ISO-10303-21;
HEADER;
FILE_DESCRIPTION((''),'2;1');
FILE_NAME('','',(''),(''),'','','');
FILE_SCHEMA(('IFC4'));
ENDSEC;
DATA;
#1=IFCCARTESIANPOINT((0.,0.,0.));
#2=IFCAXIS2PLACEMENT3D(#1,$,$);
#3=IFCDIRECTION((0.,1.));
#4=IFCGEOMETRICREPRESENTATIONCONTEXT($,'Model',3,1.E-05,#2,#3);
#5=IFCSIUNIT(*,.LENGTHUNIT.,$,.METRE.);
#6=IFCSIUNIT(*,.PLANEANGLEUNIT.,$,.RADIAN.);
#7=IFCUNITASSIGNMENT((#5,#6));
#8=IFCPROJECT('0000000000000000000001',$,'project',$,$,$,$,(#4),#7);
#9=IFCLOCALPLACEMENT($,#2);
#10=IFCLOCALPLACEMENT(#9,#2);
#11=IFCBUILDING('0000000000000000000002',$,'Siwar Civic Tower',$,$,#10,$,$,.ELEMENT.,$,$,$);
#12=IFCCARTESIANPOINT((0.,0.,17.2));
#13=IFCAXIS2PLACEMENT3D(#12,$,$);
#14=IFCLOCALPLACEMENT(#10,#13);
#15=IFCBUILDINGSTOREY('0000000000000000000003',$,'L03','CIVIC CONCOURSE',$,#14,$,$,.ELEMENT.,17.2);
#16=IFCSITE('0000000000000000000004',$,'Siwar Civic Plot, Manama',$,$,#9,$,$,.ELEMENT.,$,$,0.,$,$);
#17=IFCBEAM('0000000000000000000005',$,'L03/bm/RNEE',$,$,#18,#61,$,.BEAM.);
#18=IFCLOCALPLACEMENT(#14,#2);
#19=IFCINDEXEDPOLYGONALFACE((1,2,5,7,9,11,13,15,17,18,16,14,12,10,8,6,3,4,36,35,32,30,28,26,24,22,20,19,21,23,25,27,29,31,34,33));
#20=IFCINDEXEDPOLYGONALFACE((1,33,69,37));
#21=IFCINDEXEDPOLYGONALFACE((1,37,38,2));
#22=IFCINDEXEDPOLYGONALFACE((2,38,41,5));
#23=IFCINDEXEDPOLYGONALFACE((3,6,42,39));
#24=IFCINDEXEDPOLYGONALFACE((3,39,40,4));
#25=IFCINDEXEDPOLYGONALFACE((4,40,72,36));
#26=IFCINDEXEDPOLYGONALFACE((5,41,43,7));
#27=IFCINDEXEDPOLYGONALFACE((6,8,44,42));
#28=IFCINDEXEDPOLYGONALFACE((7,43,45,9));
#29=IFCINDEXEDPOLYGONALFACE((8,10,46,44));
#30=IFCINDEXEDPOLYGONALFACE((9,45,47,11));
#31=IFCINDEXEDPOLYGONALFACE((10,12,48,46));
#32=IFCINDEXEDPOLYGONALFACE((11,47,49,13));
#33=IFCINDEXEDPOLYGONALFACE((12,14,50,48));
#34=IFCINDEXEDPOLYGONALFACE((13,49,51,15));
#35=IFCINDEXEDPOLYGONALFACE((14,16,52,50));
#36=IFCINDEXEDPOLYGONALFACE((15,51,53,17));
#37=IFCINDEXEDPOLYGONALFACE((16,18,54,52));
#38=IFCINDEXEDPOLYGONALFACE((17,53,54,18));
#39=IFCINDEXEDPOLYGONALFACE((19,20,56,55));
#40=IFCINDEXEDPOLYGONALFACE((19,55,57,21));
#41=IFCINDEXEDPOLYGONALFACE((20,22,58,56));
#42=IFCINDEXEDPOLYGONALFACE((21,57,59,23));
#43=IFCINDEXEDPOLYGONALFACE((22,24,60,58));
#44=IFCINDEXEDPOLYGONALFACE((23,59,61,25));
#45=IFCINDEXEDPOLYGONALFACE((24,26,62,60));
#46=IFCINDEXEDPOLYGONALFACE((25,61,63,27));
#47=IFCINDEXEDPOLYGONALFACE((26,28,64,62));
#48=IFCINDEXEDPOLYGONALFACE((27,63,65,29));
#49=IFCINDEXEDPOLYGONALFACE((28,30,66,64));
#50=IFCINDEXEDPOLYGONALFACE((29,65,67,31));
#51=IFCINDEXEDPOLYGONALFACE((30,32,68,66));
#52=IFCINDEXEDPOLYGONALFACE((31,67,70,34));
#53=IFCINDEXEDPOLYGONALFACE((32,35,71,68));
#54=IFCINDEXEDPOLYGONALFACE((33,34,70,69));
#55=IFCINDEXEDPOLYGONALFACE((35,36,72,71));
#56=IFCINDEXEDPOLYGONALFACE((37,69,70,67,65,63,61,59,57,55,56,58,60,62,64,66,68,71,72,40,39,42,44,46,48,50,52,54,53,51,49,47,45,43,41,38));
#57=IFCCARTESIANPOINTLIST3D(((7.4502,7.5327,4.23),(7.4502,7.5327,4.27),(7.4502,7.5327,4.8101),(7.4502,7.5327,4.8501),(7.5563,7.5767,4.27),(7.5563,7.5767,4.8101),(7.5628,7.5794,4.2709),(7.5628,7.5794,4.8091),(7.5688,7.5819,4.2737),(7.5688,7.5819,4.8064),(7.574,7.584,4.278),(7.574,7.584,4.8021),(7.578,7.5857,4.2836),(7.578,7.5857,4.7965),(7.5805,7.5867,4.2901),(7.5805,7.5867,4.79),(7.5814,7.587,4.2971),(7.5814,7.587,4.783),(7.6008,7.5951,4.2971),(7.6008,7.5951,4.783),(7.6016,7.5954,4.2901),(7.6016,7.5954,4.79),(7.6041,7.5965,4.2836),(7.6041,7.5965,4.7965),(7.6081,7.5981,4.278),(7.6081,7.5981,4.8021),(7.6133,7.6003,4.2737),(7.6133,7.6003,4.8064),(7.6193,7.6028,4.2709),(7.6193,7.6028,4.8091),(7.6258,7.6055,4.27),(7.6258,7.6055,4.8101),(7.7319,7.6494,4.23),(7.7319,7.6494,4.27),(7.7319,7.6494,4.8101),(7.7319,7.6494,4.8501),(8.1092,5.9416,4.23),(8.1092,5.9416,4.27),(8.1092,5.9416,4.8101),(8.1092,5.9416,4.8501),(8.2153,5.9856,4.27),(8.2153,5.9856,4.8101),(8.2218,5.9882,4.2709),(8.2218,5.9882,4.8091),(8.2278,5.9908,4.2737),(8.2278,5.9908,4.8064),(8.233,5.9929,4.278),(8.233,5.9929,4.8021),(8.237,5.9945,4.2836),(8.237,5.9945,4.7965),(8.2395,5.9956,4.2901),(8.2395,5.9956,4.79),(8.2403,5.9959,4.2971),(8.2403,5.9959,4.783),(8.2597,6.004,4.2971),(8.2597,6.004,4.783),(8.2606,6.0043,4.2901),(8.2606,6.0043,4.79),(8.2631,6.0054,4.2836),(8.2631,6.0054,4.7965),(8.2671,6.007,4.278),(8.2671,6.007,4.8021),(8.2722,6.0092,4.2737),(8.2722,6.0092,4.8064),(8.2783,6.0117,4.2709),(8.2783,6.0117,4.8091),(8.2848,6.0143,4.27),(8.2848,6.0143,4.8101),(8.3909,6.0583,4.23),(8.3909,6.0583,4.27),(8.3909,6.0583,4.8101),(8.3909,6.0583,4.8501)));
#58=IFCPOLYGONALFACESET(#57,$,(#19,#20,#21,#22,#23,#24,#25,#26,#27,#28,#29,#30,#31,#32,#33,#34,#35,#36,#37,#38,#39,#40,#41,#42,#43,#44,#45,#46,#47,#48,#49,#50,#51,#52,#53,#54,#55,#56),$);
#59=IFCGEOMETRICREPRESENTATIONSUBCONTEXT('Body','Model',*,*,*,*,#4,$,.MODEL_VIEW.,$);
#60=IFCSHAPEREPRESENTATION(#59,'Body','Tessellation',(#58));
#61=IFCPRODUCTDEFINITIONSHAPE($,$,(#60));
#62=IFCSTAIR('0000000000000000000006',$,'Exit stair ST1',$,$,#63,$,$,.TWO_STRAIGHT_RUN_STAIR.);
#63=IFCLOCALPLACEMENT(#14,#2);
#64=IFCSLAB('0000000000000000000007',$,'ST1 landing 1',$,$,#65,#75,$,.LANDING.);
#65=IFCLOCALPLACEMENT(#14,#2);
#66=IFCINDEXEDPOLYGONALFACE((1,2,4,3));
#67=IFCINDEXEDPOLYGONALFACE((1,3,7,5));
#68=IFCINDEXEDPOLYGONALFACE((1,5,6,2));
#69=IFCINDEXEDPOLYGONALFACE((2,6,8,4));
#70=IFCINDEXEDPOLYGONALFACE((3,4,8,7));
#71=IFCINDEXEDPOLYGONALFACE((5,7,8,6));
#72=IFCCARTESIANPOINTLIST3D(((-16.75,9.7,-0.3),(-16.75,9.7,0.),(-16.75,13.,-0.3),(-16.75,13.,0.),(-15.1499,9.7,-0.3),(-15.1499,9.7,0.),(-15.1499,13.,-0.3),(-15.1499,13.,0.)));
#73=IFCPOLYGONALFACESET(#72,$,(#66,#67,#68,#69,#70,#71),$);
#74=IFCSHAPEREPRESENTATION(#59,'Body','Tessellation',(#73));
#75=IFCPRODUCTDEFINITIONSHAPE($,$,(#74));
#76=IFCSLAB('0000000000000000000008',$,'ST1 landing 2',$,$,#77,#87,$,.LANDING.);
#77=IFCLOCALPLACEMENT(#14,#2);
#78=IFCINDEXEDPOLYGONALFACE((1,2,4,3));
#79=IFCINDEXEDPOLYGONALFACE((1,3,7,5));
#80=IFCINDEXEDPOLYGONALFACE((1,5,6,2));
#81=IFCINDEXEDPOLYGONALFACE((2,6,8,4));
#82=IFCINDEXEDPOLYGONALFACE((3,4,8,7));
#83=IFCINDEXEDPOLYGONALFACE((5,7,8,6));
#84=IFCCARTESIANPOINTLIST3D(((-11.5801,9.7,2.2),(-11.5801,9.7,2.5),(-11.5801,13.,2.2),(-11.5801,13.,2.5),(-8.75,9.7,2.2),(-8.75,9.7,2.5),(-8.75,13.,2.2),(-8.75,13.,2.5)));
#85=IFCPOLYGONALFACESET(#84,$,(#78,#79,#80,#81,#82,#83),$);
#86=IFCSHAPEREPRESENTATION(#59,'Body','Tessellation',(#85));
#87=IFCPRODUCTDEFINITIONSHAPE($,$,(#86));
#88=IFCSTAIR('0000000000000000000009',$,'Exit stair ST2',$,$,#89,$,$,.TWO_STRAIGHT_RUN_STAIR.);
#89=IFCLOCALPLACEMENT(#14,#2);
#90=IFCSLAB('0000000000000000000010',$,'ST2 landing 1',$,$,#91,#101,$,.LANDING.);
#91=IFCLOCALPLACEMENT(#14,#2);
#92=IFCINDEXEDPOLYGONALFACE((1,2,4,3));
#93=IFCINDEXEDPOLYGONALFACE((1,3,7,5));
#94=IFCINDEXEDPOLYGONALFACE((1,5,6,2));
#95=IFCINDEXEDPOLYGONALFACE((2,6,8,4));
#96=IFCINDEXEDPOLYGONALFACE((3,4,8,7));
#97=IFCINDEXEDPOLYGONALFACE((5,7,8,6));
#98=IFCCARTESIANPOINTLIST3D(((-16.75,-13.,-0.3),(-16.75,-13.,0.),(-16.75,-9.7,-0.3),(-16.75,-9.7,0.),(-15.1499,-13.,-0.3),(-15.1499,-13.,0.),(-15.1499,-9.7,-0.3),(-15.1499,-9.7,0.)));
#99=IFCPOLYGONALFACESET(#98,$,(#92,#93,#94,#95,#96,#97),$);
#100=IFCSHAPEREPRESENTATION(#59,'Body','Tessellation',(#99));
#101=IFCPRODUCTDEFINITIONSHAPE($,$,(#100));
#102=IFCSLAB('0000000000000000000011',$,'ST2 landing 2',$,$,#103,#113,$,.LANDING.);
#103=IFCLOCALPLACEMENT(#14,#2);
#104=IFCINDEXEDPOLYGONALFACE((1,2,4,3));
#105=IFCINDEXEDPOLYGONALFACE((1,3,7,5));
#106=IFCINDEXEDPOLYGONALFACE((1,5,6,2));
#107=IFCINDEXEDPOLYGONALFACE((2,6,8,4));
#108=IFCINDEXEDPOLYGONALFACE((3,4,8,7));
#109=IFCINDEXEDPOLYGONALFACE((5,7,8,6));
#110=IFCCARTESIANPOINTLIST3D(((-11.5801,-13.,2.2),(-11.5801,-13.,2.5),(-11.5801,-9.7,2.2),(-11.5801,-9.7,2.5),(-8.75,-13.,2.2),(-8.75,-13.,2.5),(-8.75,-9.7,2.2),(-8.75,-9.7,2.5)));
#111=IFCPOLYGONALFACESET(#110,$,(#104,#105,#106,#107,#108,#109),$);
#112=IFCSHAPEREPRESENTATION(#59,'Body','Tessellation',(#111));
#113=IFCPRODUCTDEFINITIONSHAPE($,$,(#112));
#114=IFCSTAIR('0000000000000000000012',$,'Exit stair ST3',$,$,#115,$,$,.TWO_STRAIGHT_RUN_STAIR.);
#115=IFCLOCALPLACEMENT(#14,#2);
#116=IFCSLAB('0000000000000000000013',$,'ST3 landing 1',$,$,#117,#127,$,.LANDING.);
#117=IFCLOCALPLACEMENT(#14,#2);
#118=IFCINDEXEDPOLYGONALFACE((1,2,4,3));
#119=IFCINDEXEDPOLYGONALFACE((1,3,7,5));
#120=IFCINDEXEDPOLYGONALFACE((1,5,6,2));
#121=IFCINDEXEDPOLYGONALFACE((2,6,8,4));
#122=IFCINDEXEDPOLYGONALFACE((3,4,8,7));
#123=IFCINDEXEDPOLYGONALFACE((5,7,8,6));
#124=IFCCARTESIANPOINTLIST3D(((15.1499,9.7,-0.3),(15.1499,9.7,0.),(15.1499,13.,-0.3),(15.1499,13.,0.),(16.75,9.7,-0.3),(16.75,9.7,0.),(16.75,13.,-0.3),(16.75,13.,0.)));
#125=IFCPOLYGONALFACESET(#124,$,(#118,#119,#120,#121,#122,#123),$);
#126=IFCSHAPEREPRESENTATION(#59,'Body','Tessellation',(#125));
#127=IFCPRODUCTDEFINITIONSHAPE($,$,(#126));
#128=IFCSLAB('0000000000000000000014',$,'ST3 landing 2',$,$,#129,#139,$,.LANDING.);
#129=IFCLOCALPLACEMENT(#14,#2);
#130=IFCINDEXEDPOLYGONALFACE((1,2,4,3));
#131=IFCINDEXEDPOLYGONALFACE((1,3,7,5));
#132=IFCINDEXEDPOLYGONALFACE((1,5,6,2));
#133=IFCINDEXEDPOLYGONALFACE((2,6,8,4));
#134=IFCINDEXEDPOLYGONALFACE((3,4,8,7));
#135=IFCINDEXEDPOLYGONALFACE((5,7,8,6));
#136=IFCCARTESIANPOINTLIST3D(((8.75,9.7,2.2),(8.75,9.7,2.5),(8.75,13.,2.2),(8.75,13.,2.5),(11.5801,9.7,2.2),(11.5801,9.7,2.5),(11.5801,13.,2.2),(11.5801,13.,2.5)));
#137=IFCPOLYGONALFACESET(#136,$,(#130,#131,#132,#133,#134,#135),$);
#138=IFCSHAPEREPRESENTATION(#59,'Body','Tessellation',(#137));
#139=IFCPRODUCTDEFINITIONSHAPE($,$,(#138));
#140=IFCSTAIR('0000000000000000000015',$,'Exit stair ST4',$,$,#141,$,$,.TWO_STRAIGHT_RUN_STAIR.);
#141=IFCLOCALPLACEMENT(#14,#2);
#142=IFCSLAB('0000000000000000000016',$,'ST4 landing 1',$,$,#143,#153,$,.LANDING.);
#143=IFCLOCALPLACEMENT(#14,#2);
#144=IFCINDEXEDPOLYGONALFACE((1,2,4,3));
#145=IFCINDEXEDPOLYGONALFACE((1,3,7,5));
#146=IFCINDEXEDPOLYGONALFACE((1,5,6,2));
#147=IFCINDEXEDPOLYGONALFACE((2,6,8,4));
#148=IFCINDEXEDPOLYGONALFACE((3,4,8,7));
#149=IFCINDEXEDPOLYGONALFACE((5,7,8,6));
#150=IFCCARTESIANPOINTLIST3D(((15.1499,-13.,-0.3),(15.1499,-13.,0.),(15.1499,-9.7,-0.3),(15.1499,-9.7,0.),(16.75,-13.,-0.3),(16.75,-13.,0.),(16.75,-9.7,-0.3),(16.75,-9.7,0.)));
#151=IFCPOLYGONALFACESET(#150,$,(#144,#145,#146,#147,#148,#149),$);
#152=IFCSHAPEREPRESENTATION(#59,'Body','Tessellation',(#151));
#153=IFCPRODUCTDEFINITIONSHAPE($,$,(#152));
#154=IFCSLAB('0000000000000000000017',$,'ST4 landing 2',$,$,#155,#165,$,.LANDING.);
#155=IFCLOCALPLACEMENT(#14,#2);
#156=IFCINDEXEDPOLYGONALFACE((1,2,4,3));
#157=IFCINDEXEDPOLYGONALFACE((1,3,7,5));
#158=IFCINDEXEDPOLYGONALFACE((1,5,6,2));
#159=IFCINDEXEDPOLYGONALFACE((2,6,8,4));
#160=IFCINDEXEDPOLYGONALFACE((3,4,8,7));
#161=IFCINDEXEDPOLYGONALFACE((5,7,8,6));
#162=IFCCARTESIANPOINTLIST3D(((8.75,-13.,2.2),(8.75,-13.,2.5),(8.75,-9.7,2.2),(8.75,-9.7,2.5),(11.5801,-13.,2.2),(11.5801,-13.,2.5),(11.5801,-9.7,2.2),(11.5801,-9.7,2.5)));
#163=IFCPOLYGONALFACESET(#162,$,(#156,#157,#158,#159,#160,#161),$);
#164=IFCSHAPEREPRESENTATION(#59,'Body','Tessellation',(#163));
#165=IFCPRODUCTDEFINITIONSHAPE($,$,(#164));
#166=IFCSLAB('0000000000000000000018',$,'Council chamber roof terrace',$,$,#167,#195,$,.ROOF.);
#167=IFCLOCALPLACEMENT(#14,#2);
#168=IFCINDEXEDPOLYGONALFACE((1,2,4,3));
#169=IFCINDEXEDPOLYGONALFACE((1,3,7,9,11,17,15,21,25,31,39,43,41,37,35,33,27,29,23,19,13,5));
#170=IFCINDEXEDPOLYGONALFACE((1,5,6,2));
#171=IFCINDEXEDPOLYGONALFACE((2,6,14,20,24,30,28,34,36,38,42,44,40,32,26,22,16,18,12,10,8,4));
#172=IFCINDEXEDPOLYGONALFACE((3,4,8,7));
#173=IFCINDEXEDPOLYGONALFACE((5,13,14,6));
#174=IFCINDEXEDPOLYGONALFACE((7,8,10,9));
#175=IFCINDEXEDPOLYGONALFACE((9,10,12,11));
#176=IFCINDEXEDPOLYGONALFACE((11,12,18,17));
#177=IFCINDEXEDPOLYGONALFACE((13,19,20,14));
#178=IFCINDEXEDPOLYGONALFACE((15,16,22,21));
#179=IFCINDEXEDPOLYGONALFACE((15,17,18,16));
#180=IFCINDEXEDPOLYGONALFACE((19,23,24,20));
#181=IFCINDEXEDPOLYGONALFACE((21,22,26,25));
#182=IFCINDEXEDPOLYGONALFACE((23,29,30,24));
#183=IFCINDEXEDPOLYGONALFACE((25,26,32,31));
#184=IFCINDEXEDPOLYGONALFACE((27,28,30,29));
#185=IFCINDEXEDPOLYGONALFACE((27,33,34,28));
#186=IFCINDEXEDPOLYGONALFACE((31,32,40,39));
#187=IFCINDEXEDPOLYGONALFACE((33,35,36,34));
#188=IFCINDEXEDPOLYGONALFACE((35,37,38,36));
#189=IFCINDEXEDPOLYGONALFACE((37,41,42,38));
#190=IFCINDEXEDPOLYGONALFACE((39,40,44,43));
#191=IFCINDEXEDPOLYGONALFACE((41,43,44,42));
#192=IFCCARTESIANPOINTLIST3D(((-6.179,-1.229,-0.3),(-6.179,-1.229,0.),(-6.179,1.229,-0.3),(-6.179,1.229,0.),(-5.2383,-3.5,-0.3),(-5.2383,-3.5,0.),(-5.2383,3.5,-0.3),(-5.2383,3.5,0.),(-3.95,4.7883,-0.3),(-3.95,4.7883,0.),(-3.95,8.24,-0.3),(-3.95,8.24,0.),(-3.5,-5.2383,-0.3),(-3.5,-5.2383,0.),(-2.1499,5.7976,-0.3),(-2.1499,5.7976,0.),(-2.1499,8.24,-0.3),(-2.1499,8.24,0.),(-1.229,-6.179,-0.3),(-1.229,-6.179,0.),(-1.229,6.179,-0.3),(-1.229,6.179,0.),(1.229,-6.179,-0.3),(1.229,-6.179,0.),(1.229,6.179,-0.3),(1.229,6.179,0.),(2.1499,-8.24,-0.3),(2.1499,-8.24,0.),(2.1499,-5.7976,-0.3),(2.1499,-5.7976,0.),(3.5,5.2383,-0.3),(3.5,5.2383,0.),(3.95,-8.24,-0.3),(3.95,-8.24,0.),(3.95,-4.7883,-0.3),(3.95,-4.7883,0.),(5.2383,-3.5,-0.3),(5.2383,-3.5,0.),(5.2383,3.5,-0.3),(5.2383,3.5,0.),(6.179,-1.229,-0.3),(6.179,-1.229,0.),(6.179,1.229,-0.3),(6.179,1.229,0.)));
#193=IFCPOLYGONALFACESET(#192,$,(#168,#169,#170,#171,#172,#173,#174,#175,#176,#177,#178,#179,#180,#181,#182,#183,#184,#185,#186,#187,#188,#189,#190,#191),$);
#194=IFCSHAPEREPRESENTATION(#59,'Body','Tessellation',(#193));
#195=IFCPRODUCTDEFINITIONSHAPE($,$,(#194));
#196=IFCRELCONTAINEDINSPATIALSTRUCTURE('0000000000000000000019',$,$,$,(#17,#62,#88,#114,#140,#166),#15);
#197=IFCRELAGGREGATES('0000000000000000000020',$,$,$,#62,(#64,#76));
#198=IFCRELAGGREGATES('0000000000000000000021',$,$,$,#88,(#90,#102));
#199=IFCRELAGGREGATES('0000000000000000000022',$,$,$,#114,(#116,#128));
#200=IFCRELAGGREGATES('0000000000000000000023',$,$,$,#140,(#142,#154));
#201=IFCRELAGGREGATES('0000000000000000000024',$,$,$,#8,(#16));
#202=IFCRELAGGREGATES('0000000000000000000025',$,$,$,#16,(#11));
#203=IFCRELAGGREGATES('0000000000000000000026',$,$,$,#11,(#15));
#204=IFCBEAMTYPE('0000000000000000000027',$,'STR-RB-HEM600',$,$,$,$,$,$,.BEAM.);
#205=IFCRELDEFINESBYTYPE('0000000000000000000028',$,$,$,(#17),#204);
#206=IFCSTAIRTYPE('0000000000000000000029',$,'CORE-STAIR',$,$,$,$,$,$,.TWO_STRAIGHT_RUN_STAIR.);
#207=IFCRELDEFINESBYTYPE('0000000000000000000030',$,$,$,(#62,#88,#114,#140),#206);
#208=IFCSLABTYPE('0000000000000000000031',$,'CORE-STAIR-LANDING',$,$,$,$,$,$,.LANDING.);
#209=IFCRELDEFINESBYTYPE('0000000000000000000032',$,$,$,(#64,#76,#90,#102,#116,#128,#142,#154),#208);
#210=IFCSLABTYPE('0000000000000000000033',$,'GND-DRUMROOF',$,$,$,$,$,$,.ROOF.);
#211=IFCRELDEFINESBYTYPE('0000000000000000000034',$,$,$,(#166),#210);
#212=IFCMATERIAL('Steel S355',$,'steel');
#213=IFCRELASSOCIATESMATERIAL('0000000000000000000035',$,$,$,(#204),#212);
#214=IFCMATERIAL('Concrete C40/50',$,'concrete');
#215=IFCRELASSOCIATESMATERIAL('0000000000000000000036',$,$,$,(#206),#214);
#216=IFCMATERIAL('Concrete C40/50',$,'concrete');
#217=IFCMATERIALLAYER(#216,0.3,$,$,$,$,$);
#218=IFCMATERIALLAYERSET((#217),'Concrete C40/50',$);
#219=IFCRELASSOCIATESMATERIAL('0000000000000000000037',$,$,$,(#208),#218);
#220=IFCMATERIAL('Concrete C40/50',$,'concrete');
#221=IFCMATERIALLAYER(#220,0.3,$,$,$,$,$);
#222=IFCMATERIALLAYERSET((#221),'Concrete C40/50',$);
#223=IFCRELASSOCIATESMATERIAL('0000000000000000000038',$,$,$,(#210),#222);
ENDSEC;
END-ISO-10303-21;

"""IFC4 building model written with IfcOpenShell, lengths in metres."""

from ifc_helpers import new_model, si_unit, direction, frame, origin, origin_2d, place, context, subcontext, project, spatial, polyline, i_section, outline, extrude, material, layer, layer_set, material_profile, profile_set, type_object, element, aggregate, save


model = new_model("IFC4")

# Units and contexts
model_context = context("Model", 3, precision=1e-05, world=origin(), true_north=direction((0.0, 1.0)))
body_context = subcontext(model_context, "Body", "Model", "MODEL_VIEW")
ifc_project = project(units=[si_unit("LENGTHUNIT", "METRE"), si_unit("PLANEANGLEUNIT", "RADIAN")], contexts=[model_context])

# Site, building, storey
site_placement = place(None, origin())
site = spatial("IfcSite", under=ifc_project, at=site_placement, Name="Siwar Civic Plot, Manama", CompositionType="ELEMENT", RefElevation=0.0)
building_placement = place(site_placement, origin())
building = spatial("IfcBuilding", under=site, at=building_placement, Name="Siwar Civic Tower", CompositionType="ELEMENT")
storey_placement = place(building_placement, frame((0.0, 0.0, 17.2)))
storey = spatial("IfcBuildingStorey", under=building, at=storey_placement, Name="L03", Description="CIVIC CONCOURSE", CompositionType="ELEMENT", Elevation=17.2)

# Beam
ifc_material_1 = material(Name="Steel S355", Category="steel")
ifc_material_profile_1 = material_profile(ifc_material_1, i_section(OverallWidth=0.3049, OverallDepth=0.6201, WebThickness=0.021, FlangeThickness=0.04, FilletRadius=0.0271, at=origin_2d()), Name="HEM600")
ifc_profile_set_1 = profile_set([ifc_material_profile_1], Name="Steel S355")
beam_type_1 = type_object("IfcBeamType", Name="STR-RB-HEM600", PredefinedType="BEAM", material=ifc_profile_set_1)
for number, where, z_axis, x_axis, name in (
    (1, (7.5911, 7.5911, 4.54), (0.382631, -0.923901, 0.0), (0.923901, 0.382631, 0.0), "L03/bm/RNEE"),
):
    element("IfcBeam", number, at=place(storey_placement, frame(where, z_axis=z_axis, x_axis=x_axis)), inside=storey, type_object=beam_type_1, Name=name, PredefinedType="BEAM", context=body_context, shape_type="SweptSolid", body=[
        extrude(i_section(OverallWidth=0.3049, OverallDepth=0.6201, WebThickness=0.021, FlangeThickness=0.04, FilletRadius=0.0271, at=origin_2d()), origin(), (0.0, 0.0, 1.0), 1.7222),
    ])

# Stairs, slabs
ifc_material_2 = material(Name="Concrete C40/50", Category="concrete")
stair_type = type_object("IfcStairType", Name="CORE-STAIR", PredefinedType="TWO_STRAIGHT_RUN_STAIR", material=ifc_material_2)
stair_1_placement = place(storey_placement, origin())
stair_1 = element("IfcStair", 2, at=stair_1_placement, inside=storey, type_object=stair_type, Name="Exit stair ST1", PredefinedType="TWO_STRAIGHT_RUN_STAIR")
ifc_material_3 = material(Name="Concrete C40/50", Category="concrete")
ifc_layer_1 = layer(ifc_material_3, 0.3)
ifc_layer_set_1 = layer_set([ifc_layer_1], Name="Concrete C40/50")
slab_type_1 = type_object("IfcSlabType", Name="CORE-STAIR-LANDING", PredefinedType="LANDING", material=ifc_layer_set_1)
slab_1_placement = place(storey_placement, frame((0.0, 0.0, -0.3)))
slab_1 = element("IfcSlab", 3, at=slab_1_placement, type_object=slab_type_1, Name="ST1 landing 1", PredefinedType="LANDING", context=body_context, shape_type="SweptSolid", body=[
    extrude(outline(polyline([(-15.1499, 13.0), (-16.75, 13.0), (-16.75, 9.7), (-15.1499, 9.7), (-15.1499, 13.0)])), origin(), (0.0, 0.0, 1.0), 0.3),
])
slab_2_placement = place(storey_placement, frame((0.0, 0.0, 2.2)))
slab_2 = element("IfcSlab", 4, at=slab_2_placement, type_object=slab_type_1, Name="ST1 landing 2", PredefinedType="LANDING", context=body_context, shape_type="SweptSolid", body=[
    extrude(outline(polyline([(-8.75, 13.0), (-11.5801, 13.0), (-11.5801, 9.7), (-8.75, 9.7), (-8.75, 13.0)])), origin(), (0.0, 0.0, 1.0), 0.3),
])
aggregate(stair_1, [slab_1, slab_2])
stair_2_placement = place(storey_placement, origin())
stair_2 = element("IfcStair", 5, at=stair_2_placement, inside=storey, type_object=stair_type, Name="Exit stair ST2", PredefinedType="TWO_STRAIGHT_RUN_STAIR")
slab_3_placement = place(storey_placement, frame((0.0, 0.0, -0.3)))
slab_3 = element("IfcSlab", 6, at=slab_3_placement, type_object=slab_type_1, Name="ST2 landing 1", PredefinedType="LANDING", context=body_context, shape_type="SweptSolid", body=[
    extrude(outline(polyline([(-15.1499, -9.7), (-16.75, -9.7), (-16.75, -13.0), (-15.1499, -13.0), (-15.1499, -9.7)])), origin(), (0.0, 0.0, 1.0), 0.3),
])
slab_4_placement = place(storey_placement, frame((0.0, 0.0, 2.2)))
slab_4 = element("IfcSlab", 7, at=slab_4_placement, type_object=slab_type_1, Name="ST2 landing 2", PredefinedType="LANDING", context=body_context, shape_type="SweptSolid", body=[
    extrude(outline(polyline([(-8.75, -9.7), (-11.5801, -9.7), (-11.5801, -13.0), (-8.75, -13.0), (-8.75, -9.7)])), origin(), (0.0, 0.0, 1.0), 0.3),
])
aggregate(stair_2, [slab_3, slab_4])
stair_3_placement = place(storey_placement, origin())
stair_3 = element("IfcStair", 8, at=stair_3_placement, inside=storey, type_object=stair_type, Name="Exit stair ST3", PredefinedType="TWO_STRAIGHT_RUN_STAIR")
slab_5_placement = place(storey_placement, frame((0.0, 0.0, -0.3)))
slab_5 = element("IfcSlab", 9, at=slab_5_placement, type_object=slab_type_1, Name="ST3 landing 1", PredefinedType="LANDING", context=body_context, shape_type="SweptSolid", body=[
    extrude(outline(polyline([(15.1499, 9.7), (16.75, 9.7), (16.75, 13.0), (15.1499, 13.0), (15.1499, 9.7)])), origin(), (0.0, 0.0, 1.0), 0.3),
])
slab_6_placement = place(storey_placement, frame((0.0, 0.0, 2.2)))
slab_6 = element("IfcSlab", 10, at=slab_6_placement, type_object=slab_type_1, Name="ST3 landing 2", PredefinedType="LANDING", context=body_context, shape_type="SweptSolid", body=[
    extrude(outline(polyline([(8.75, 9.7), (11.5801, 9.7), (11.5801, 13.0), (8.75, 13.0), (8.75, 9.7)])), origin(), (0.0, 0.0, 1.0), 0.3),
])
aggregate(stair_3, [slab_5, slab_6])
stair_4_placement = place(storey_placement, origin())
stair_4 = element("IfcStair", 11, at=stair_4_placement, inside=storey, type_object=stair_type, Name="Exit stair ST4", PredefinedType="TWO_STRAIGHT_RUN_STAIR")
slab_7_placement = place(storey_placement, frame((0.0, 0.0, -0.3)))
slab_7 = element("IfcSlab", 12, at=slab_7_placement, type_object=slab_type_1, Name="ST4 landing 1", PredefinedType="LANDING", context=body_context, shape_type="SweptSolid", body=[
    extrude(outline(polyline([(15.1499, -13.0), (16.75, -13.0), (16.75, -9.7), (15.1499, -9.7), (15.1499, -13.0)])), origin(), (0.0, 0.0, 1.0), 0.3),
])
slab_8_placement = place(storey_placement, frame((0.0, 0.0, 2.2)))
slab_8 = element("IfcSlab", 13, at=slab_8_placement, type_object=slab_type_1, Name="ST4 landing 2", PredefinedType="LANDING", context=body_context, shape_type="SweptSolid", body=[
    extrude(outline(polyline([(8.75, -13.0), (11.5801, -13.0), (11.5801, -9.7), (8.75, -9.7), (8.75, -13.0)])), origin(), (0.0, 0.0, 1.0), 0.3),
])
aggregate(stair_4, [slab_7, slab_8])

# Slab
ifc_material_4 = material(Name="Concrete C40/50", Category="concrete")
ifc_layer_2 = layer(ifc_material_4, 0.3)
ifc_layer_set_2 = layer_set([ifc_layer_2], Name="Concrete C40/50")
slab_type_2 = type_object("IfcSlabType", Name="GND-DRUMROOF", PredefinedType="ROOF", material=ifc_layer_set_2)
slab_9_placement = place(storey_placement, frame((0.0, 0.0, -0.3)))
element("IfcSlab", 14, at=slab_9_placement, inside=storey, type_object=slab_type_2, Name="Council chamber roof terrace", PredefinedType="ROOF", context=body_context, shape_type="SweptSolid", body=[
    extrude(outline(polyline([(2.1499, -8.24), (2.1499, -5.7976), (1.229, -6.179), (-1.229, -6.179), (-3.5, -5.2383), (-5.2383, -3.5), (-6.179, -1.229), (-6.179, 1.229), (-5.2383, 3.5), (-3.95, 4.7883), (-3.95, 8.24), (-2.1499, 8.24), (-2.1499, 5.7976), (-1.229, 6.179), (1.229, 6.179), (3.5, 5.2383), (5.2383, 3.5), (6.179, 1.229), (6.179, -1.229), (5.2383, -3.5), (3.95, -4.7883), (3.95, -8.24), (2.1499, -8.24)])), origin(), (0.0, 0.0, 1.0), 0.3),
])

save(model, "model.ifc")
